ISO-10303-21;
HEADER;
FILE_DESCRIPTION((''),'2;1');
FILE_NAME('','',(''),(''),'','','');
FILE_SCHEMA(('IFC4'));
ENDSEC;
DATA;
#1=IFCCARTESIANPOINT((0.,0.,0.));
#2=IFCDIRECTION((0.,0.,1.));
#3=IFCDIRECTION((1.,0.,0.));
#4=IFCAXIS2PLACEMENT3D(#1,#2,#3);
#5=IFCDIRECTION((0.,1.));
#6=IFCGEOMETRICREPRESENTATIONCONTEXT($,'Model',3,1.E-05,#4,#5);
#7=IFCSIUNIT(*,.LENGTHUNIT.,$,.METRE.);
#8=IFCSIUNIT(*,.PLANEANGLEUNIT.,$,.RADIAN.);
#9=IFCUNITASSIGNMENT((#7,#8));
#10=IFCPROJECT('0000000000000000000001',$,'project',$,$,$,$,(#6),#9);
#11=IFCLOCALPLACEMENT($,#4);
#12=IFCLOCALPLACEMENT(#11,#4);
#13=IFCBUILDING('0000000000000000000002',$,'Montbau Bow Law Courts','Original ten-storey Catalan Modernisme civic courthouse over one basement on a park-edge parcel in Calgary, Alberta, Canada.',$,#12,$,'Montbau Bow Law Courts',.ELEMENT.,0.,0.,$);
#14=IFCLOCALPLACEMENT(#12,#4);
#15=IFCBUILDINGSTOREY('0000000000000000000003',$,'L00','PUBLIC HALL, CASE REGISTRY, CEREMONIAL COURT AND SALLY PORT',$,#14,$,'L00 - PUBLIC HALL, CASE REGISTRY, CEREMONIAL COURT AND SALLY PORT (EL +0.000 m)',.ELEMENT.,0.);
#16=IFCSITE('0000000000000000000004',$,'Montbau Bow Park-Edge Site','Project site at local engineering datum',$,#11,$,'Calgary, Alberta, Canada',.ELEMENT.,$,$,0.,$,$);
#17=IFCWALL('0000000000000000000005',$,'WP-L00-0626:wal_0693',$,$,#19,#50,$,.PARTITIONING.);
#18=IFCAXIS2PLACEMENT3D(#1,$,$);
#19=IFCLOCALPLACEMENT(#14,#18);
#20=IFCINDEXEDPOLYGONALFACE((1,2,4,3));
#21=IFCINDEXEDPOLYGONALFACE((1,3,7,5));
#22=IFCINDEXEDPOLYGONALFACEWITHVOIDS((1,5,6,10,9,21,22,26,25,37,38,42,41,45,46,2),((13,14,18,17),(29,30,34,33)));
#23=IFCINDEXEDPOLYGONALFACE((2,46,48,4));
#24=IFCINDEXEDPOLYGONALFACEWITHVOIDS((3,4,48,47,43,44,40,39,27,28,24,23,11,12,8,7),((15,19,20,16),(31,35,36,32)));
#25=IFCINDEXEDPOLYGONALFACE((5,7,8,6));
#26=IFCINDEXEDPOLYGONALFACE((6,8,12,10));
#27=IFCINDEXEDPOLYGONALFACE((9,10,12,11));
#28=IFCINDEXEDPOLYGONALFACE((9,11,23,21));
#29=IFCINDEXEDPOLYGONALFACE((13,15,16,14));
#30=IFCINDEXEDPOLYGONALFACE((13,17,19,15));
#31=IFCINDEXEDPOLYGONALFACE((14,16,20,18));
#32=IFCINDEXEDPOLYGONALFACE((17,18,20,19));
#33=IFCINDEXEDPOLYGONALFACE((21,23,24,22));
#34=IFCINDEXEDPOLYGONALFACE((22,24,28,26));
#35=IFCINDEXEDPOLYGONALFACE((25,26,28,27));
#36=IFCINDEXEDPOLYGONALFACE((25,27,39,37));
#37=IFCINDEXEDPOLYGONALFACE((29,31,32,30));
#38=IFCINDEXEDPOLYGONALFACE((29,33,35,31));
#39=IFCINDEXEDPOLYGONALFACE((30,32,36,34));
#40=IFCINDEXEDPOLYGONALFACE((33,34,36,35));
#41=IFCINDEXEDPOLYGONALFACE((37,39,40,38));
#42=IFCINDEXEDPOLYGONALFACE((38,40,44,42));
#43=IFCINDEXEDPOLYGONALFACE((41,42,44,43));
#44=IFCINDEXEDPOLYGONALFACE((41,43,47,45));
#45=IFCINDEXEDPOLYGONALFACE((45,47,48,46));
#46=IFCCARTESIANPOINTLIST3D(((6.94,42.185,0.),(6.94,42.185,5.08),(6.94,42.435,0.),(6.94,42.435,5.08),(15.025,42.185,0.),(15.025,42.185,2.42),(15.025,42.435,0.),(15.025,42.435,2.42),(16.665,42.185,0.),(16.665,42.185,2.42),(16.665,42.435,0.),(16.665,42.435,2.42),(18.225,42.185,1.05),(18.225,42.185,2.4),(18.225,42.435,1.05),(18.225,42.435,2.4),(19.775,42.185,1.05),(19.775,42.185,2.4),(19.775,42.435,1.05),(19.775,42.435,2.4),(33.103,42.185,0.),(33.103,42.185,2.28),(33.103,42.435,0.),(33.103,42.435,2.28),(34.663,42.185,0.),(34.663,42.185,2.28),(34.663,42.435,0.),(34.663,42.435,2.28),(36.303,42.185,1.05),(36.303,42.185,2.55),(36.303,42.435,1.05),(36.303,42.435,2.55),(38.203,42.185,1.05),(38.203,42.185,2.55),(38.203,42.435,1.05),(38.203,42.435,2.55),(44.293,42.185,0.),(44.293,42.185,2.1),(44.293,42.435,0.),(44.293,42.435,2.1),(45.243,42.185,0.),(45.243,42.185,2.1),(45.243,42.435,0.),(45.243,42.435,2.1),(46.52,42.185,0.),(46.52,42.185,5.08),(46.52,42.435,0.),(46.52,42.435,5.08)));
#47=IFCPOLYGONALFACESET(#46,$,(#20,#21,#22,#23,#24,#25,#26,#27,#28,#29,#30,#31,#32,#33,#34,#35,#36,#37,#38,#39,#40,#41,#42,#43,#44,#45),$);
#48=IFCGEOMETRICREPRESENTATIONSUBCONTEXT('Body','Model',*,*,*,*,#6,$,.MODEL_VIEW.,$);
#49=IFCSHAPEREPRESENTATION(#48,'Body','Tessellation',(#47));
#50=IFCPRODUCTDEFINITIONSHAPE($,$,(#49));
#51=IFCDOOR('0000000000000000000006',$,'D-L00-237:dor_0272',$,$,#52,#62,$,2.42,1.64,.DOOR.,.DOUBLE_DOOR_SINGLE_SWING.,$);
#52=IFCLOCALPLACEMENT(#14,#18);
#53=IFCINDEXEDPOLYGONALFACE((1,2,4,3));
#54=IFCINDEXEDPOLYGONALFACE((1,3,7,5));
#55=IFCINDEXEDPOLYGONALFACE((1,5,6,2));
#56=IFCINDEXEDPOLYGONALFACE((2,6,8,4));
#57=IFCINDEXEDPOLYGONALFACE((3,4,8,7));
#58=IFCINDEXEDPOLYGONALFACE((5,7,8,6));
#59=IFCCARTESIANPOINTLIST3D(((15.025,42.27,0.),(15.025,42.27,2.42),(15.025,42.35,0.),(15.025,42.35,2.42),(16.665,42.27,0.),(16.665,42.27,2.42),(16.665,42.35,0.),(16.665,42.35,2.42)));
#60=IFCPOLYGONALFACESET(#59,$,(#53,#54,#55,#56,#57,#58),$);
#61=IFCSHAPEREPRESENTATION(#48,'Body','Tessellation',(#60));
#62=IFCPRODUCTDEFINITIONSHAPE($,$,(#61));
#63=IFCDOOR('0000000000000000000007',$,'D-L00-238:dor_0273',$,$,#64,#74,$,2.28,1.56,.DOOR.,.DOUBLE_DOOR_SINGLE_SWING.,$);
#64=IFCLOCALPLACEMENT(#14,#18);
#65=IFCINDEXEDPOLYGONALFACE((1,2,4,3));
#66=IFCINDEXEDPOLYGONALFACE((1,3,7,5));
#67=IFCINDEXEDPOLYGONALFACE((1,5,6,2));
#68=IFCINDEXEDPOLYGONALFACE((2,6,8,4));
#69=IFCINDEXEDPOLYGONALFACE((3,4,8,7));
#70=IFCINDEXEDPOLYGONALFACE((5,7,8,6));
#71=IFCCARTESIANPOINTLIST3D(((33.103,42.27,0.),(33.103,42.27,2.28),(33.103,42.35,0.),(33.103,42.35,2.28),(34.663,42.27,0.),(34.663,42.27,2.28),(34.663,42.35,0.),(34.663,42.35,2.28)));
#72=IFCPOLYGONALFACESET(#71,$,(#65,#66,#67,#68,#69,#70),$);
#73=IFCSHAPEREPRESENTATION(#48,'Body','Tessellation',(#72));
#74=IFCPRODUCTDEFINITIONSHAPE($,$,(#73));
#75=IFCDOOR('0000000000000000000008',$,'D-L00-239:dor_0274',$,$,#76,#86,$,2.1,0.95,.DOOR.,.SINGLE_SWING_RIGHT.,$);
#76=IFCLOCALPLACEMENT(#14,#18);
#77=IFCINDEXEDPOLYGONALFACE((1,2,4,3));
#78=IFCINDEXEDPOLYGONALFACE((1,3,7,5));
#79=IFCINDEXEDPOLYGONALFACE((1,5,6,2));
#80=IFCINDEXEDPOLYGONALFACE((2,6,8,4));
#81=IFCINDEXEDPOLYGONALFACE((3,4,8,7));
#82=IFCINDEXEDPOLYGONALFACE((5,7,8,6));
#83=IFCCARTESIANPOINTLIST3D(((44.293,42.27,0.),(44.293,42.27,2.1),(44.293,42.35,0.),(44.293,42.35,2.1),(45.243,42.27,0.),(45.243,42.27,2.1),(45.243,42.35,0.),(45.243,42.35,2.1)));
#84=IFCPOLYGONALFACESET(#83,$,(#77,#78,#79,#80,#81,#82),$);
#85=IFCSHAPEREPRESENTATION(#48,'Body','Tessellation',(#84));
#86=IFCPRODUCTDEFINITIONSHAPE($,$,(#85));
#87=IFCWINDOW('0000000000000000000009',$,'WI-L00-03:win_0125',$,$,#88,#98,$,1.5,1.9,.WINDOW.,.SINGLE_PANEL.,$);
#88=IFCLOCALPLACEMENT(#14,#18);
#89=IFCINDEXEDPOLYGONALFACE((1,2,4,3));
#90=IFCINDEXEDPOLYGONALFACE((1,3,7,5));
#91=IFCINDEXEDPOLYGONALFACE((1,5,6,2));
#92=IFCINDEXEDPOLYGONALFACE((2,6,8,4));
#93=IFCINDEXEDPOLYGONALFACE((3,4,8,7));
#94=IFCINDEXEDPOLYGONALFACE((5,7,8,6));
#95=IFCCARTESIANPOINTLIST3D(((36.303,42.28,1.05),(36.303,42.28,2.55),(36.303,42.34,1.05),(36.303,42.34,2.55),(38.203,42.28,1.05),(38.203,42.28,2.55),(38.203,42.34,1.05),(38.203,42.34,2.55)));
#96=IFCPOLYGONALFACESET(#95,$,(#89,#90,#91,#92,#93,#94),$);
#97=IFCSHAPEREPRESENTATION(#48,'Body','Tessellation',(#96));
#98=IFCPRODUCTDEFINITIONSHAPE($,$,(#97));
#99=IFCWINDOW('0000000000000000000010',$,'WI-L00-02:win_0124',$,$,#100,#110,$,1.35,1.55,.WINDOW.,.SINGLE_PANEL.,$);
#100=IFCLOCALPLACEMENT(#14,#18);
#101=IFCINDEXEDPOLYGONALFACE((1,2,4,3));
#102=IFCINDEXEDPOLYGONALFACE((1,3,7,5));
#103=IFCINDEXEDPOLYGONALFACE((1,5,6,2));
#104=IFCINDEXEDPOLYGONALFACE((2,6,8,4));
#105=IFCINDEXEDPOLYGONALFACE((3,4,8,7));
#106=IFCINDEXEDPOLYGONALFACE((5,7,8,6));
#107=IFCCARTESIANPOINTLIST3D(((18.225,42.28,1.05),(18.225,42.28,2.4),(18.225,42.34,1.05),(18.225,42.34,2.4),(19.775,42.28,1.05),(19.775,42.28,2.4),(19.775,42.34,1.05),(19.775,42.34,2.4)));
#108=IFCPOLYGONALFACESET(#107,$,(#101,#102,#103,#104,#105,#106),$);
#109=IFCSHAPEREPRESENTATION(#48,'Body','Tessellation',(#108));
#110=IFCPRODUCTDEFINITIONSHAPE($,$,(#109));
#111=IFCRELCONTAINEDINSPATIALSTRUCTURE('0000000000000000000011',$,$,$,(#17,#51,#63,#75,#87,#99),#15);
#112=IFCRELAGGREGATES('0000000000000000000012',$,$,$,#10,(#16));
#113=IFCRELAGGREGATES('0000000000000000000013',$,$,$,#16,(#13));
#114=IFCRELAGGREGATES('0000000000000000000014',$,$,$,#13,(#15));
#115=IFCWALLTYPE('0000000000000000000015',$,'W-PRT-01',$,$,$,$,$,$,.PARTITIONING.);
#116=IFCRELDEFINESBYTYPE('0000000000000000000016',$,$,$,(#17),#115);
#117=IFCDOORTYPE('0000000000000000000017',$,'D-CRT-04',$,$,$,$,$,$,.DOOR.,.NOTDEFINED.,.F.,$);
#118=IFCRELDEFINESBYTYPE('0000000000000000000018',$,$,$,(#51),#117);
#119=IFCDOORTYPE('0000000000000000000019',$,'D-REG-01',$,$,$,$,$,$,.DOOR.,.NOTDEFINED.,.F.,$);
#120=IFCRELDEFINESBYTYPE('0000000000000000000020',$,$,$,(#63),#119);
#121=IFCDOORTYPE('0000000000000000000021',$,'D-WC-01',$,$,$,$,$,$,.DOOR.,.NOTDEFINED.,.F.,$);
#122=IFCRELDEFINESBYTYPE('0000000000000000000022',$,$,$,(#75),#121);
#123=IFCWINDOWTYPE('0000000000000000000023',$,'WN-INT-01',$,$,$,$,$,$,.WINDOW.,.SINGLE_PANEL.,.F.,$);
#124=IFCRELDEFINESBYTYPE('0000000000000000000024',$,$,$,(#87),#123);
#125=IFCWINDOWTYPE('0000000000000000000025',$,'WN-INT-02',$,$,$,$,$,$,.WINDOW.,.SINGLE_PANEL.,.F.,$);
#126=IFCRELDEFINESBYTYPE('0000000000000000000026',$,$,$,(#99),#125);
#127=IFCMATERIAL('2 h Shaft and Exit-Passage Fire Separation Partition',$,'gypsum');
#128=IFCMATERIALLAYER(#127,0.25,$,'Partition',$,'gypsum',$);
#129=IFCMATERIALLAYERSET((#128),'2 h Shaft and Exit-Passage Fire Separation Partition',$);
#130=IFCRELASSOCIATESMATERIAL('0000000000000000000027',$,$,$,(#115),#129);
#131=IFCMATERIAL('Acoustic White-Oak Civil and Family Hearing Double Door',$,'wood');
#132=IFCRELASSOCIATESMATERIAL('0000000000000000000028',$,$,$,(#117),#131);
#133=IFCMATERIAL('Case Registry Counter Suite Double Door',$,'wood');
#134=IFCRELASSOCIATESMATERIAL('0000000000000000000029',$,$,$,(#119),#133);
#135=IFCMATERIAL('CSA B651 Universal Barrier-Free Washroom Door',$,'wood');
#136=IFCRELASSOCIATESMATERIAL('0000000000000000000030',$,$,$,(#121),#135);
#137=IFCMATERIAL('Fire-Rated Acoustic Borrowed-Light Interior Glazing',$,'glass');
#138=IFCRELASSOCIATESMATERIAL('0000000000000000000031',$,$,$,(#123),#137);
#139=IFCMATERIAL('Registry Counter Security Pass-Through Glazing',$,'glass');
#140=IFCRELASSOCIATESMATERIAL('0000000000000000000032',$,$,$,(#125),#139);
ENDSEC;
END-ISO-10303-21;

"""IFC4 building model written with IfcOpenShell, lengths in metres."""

from ifc_helpers import new_model, si_unit, direction, frame, frame_2d, origin_with_axes, place, context, subcontext, project, spatial, rectangle, extrude, material, layer, layer_set, type_object, element, fill, save


model = new_model("IFC4")

# Units and contexts
model_context = context("Model", 3, precision=1e-05, world=origin_with_axes(), true_north=direction((0.0, 1.0)))
body_context = subcontext(model_context, "Body", "Model", "MODEL_VIEW")
ifc_project = project(units=[si_unit("LENGTHUNIT", "METRE"), si_unit("PLANEANGLEUNIT", "RADIAN")], contexts=[model_context])

# Site, building, storey
site_placement = place(None, origin_with_axes())
site = spatial("IfcSite", under=ifc_project, at=site_placement, Name="Montbau Bow Park-Edge Site", Description="Project site at local engineering datum", LongName="Calgary, Alberta, Canada", CompositionType="ELEMENT", RefElevation=0.0)
building_placement = place(site_placement, origin_with_axes())
building = spatial("IfcBuilding", under=site, at=building_placement, Name="Montbau Bow Law Courts", Description="Original ten-storey Catalan Modernisme civic courthouse over one basement on a park-edge parcel in Calgary, Alberta, Canada.", LongName="Montbau Bow Law Courts", CompositionType="ELEMENT", ElevationOfRefHeight=0.0, ElevationOfTerrain=0.0)
storey_placement = place(building_placement, origin_with_axes())
storey = spatial("IfcBuildingStorey", under=building, at=storey_placement, Name="L00", Description="PUBLIC HALL, CASE REGISTRY, CEREMONIAL COURT AND SALLY PORT", LongName="L00 - PUBLIC HALL, CASE REGISTRY, CEREMONIAL COURT AND SALLY PORT (EL +0.000 m)", CompositionType="ELEMENT", Elevation=0.0)

# Shared definitions
ifc_material_1 = material(Name="2 h Shaft and Exit-Passage Fire Separation Partition", Category="gypsum")
ifc_layer_1 = layer(ifc_material_1, 0.25, Name="Partition", Category="gypsum")
ifc_layer_set_1 = layer_set([ifc_layer_1], Name="2 h Shaft and Exit-Passage Fire Separation Partition")
wall_type_1 = type_object("IfcWallType", Name="W-PRT-01", PredefinedType="PARTITIONING", material=ifc_layer_set_1)

# Wall, openings, doors, windows
wall_1_placement = place(None, frame((6.94, 42.31, 0.0), z_axis=(0.0, 0.0, 1.0), x_axis=(1.0, 0.0, 0.0)))
wall_1 = element("IfcWall", 1, at=wall_1_placement, inside=storey, type_object=wall_type_1, Name="WP-L00-0626:wal_0693", PredefinedType="PARTITIONING", context=body_context, shape_type="SweptSolid", body=[
    extrude(rectangle(XDim=39.58, YDim=0.25, at=frame_2d((19.79, 0.0), x_axis=(1.0, 0.0))), origin_with_axes(), (0.0, 0.0, 1.0), 5.08),
])
opening_1_placement = place(None, frame((15.845, 42.31, 0.0), z_axis=(0.0, 0.0, 1.0), x_axis=(1.0, 0.0, 0.0)))
opening_1 = element("IfcOpeningElement", 2, at=opening_1_placement, cuts=wall_1, PredefinedType="OPENING", context=body_context, shape_type="SweptSolid", body=[
    extrude(rectangle(XDim=1.64, YDim=2.42, at=frame_2d((0.0, 1.21), x_axis=(1.0, 0.0))), frame((0.0, 0.135, 0.0), z_axis=(0.0, -1.0, 0.0), x_axis=(1.0, 0.0, 0.0)), (0.0, 0.0, 1.0), 0.27),
])
opening_2_placement = place(None, frame((33.883, 42.31, 0.0), z_axis=(0.0, 0.0, 1.0), x_axis=(1.0, 0.0, 0.0)))
opening_2 = element("IfcOpeningElement", 3, at=opening_2_placement, cuts=wall_1, PredefinedType="OPENING", context=body_context, shape_type="SweptSolid", body=[
    extrude(rectangle(XDim=1.56, YDim=2.28, at=frame_2d((0.0, 1.14), x_axis=(1.0, 0.0))), frame((0.0, 0.135, 0.0), z_axis=(0.0, -1.0, 0.0), x_axis=(1.0, 0.0, 0.0)), (0.0, 0.0, 1.0), 0.27),
])
opening_3_placement = place(None, frame((44.768, 42.31, 0.0), z_axis=(0.0, 0.0, 1.0), x_axis=(1.0, 0.0, 0.0)))
opening_3 = element("IfcOpeningElement", 4, at=opening_3_placement, cuts=wall_1, PredefinedType="OPENING", context=body_context, shape_type="SweptSolid", body=[
    extrude(rectangle(XDim=0.95, YDim=2.1, at=frame_2d((0.0, 1.05), x_axis=(1.0, 0.0))), frame((0.0, 0.135, 0.0), z_axis=(0.0, -1.0, 0.0), x_axis=(1.0, 0.0, 0.0)), (0.0, 0.0, 1.0), 0.27),
])
opening_4_placement = place(None, frame((19.0, 42.31, 1.05), z_axis=(0.0, 0.0, 1.0), x_axis=(1.0, 0.0, 0.0)))
opening_4 = element("IfcOpeningElement", 5, at=opening_4_placement, cuts=wall_1, PredefinedType="OPENING", context=body_context, shape_type="SweptSolid", body=[
    extrude(rectangle(XDim=1.55, YDim=1.35, at=frame_2d((0.0, 0.675), x_axis=(1.0, 0.0))), frame((0.0, 0.135, 0.0), z_axis=(0.0, -1.0, 0.0), x_axis=(1.0, 0.0, 0.0)), (0.0, 0.0, 1.0), 0.27),
])
opening_5_placement = place(None, frame((37.253, 42.31, 1.05), z_axis=(0.0, 0.0, 1.0), x_axis=(1.0, 0.0, 0.0)))
opening_5 = element("IfcOpeningElement", 6, at=opening_5_placement, cuts=wall_1, PredefinedType="OPENING", context=body_context, shape_type="SweptSolid", body=[
    extrude(rectangle(XDim=1.9, YDim=1.5, at=frame_2d((0.0, 0.75), x_axis=(1.0, 0.0))), frame((0.0, 0.135, 0.0), z_axis=(0.0, -1.0, 0.0), x_axis=(1.0, 0.0, 0.0)), (0.0, 0.0, 1.0), 0.27),
])
ifc_material_2 = material(Name="Acoustic White-Oak Civil and Family Hearing Double Door", Category="wood")
door_type_1 = type_object("IfcDoorType", Name="D-CRT-04", OperationType="NOTDEFINED", ParameterTakesPrecedence=False, PredefinedType="DOOR", material=ifc_material_2)
door_1_placement = place(None, frame((15.845, 42.31, 0.0), z_axis=(0.0, 0.0, 1.0), x_axis=(-1.0, 0.0, 0.0)))
door_1 = element("IfcDoor", 7, at=door_1_placement, inside=storey, type_object=door_type_1, Name="D-L00-237:dor_0272", OperationType="DOUBLE_DOOR_SINGLE_SWING", OverallHeight=2.42, OverallWidth=1.64, PredefinedType="DOOR", context=body_context, shape_type="SweptSolid", body=[
    extrude(rectangle(XDim=1.64, YDim=2.42, at=frame_2d((0.0, 1.21), x_axis=(1.0, 0.0))), frame((0.0, 0.04, 0.0), z_axis=(0.0, -1.0, 0.0), x_axis=(1.0, 0.0, 0.0)), (0.0, 0.0, 1.0), 0.08),
])
fill(opening_1, door_1)
ifc_material_3 = material(Name="Case Registry Counter Suite Double Door", Category="wood")
door_type_2 = type_object("IfcDoorType", Name="D-REG-01", OperationType="NOTDEFINED", ParameterTakesPrecedence=False, PredefinedType="DOOR", material=ifc_material_3)
door_2_placement = place(None, frame((33.883, 42.31, 0.0), z_axis=(0.0, 0.0, 1.0), x_axis=(-1.0, 0.0, 0.0)))
door_2 = element("IfcDoor", 8, at=door_2_placement, inside=storey, type_object=door_type_2, Name="D-L00-238:dor_0273", OperationType="DOUBLE_DOOR_SINGLE_SWING", OverallHeight=2.28, OverallWidth=1.56, PredefinedType="DOOR", context=body_context, shape_type="SweptSolid", body=[
    extrude(rectangle(XDim=1.56, YDim=2.28, at=frame_2d((0.0, 1.14), x_axis=(1.0, 0.0))), frame((0.0, 0.04, 0.0), z_axis=(0.0, -1.0, 0.0), x_axis=(1.0, 0.0, 0.0)), (0.0, 0.0, 1.0), 0.08),
])
fill(opening_2, door_2)
ifc_material_4 = material(Name="CSA B651 Universal Barrier-Free Washroom Door", Category="wood")
door_type_3 = type_object("IfcDoorType", Name="D-WC-01", OperationType="NOTDEFINED", ParameterTakesPrecedence=False, PredefinedType="DOOR", material=ifc_material_4)
door_3_placement = place(None, frame((44.768, 42.31, 0.0), z_axis=(0.0, 0.0, 1.0), x_axis=(-1.0, 0.0, 0.0)))
door_3 = element("IfcDoor", 9, at=door_3_placement, inside=storey, type_object=door_type_3, Name="D-L00-239:dor_0274", OperationType="SINGLE_SWING_RIGHT", OverallHeight=2.1, OverallWidth=0.95, PredefinedType="DOOR", context=body_context, shape_type="SweptSolid", body=[
    extrude(rectangle(XDim=0.95, YDim=2.1, at=frame_2d((0.0, 1.05), x_axis=(1.0, 0.0))), frame((0.0, 0.04, 0.0), z_axis=(0.0, -1.0, 0.0), x_axis=(1.0, 0.0, 0.0)), (0.0, 0.0, 1.0), 0.08),
])
fill(opening_3, door_3)
ifc_material_5 = material(Name="Fire-Rated Acoustic Borrowed-Light Interior Glazing", Category="glass")
window_type_1 = type_object("IfcWindowType", Name="WN-INT-01", ParameterTakesPrecedence=False, PartitioningType="SINGLE_PANEL", PredefinedType="WINDOW", material=ifc_material_5)
window_1_placement = place(None, frame((37.253, 42.31, 1.05), z_axis=(0.0, 0.0, 1.0), x_axis=(1.0, 0.0, 0.0)))
window_1 = element("IfcWindow", 10, at=window_1_placement, inside=storey, type_object=window_type_1, Name="WI-L00-03:win_0125", OverallHeight=1.5, OverallWidth=1.9, PartitioningType="SINGLE_PANEL", PredefinedType="WINDOW", context=body_context, shape_type="SweptSolid", body=[
    extrude(rectangle(XDim=1.9, YDim=1.5, at=frame_2d((0.0, 0.75), x_axis=(1.0, 0.0))), frame((0.0, 0.03, 0.0), z_axis=(0.0, -1.0, 0.0), x_axis=(1.0, 0.0, 0.0)), (0.0, 0.0, 1.0), 0.06),
])
fill(opening_5, window_1)
ifc_material_6 = material(Name="Registry Counter Security Pass-Through Glazing", Category="glass")
window_type_2 = type_object("IfcWindowType", Name="WN-INT-02", ParameterTakesPrecedence=False, PartitioningType="SINGLE_PANEL", PredefinedType="WINDOW", material=ifc_material_6)
window_2_placement = place(None, frame((19.0, 42.31, 1.05), z_axis=(0.0, 0.0, 1.0), x_axis=(1.0, 0.0, 0.0)))
window_2 = element("IfcWindow", 11, at=window_2_placement, inside=storey, type_object=window_type_2, Name="WI-L00-02:win_0124", OverallHeight=1.35, OverallWidth=1.55, PartitioningType="SINGLE_PANEL", PredefinedType="WINDOW", context=body_context, shape_type="SweptSolid", body=[
    extrude(rectangle(XDim=1.55, YDim=1.35, at=frame_2d((0.0, 0.675), x_axis=(1.0, 0.0))), frame((0.0, 0.03, 0.0), z_axis=(0.0, -1.0, 0.0), x_axis=(1.0, 0.0, 0.0)), (0.0, 0.0, 1.0), 0.06),
])
fill(opening_4, window_2)

save(model, "model.ifc")
